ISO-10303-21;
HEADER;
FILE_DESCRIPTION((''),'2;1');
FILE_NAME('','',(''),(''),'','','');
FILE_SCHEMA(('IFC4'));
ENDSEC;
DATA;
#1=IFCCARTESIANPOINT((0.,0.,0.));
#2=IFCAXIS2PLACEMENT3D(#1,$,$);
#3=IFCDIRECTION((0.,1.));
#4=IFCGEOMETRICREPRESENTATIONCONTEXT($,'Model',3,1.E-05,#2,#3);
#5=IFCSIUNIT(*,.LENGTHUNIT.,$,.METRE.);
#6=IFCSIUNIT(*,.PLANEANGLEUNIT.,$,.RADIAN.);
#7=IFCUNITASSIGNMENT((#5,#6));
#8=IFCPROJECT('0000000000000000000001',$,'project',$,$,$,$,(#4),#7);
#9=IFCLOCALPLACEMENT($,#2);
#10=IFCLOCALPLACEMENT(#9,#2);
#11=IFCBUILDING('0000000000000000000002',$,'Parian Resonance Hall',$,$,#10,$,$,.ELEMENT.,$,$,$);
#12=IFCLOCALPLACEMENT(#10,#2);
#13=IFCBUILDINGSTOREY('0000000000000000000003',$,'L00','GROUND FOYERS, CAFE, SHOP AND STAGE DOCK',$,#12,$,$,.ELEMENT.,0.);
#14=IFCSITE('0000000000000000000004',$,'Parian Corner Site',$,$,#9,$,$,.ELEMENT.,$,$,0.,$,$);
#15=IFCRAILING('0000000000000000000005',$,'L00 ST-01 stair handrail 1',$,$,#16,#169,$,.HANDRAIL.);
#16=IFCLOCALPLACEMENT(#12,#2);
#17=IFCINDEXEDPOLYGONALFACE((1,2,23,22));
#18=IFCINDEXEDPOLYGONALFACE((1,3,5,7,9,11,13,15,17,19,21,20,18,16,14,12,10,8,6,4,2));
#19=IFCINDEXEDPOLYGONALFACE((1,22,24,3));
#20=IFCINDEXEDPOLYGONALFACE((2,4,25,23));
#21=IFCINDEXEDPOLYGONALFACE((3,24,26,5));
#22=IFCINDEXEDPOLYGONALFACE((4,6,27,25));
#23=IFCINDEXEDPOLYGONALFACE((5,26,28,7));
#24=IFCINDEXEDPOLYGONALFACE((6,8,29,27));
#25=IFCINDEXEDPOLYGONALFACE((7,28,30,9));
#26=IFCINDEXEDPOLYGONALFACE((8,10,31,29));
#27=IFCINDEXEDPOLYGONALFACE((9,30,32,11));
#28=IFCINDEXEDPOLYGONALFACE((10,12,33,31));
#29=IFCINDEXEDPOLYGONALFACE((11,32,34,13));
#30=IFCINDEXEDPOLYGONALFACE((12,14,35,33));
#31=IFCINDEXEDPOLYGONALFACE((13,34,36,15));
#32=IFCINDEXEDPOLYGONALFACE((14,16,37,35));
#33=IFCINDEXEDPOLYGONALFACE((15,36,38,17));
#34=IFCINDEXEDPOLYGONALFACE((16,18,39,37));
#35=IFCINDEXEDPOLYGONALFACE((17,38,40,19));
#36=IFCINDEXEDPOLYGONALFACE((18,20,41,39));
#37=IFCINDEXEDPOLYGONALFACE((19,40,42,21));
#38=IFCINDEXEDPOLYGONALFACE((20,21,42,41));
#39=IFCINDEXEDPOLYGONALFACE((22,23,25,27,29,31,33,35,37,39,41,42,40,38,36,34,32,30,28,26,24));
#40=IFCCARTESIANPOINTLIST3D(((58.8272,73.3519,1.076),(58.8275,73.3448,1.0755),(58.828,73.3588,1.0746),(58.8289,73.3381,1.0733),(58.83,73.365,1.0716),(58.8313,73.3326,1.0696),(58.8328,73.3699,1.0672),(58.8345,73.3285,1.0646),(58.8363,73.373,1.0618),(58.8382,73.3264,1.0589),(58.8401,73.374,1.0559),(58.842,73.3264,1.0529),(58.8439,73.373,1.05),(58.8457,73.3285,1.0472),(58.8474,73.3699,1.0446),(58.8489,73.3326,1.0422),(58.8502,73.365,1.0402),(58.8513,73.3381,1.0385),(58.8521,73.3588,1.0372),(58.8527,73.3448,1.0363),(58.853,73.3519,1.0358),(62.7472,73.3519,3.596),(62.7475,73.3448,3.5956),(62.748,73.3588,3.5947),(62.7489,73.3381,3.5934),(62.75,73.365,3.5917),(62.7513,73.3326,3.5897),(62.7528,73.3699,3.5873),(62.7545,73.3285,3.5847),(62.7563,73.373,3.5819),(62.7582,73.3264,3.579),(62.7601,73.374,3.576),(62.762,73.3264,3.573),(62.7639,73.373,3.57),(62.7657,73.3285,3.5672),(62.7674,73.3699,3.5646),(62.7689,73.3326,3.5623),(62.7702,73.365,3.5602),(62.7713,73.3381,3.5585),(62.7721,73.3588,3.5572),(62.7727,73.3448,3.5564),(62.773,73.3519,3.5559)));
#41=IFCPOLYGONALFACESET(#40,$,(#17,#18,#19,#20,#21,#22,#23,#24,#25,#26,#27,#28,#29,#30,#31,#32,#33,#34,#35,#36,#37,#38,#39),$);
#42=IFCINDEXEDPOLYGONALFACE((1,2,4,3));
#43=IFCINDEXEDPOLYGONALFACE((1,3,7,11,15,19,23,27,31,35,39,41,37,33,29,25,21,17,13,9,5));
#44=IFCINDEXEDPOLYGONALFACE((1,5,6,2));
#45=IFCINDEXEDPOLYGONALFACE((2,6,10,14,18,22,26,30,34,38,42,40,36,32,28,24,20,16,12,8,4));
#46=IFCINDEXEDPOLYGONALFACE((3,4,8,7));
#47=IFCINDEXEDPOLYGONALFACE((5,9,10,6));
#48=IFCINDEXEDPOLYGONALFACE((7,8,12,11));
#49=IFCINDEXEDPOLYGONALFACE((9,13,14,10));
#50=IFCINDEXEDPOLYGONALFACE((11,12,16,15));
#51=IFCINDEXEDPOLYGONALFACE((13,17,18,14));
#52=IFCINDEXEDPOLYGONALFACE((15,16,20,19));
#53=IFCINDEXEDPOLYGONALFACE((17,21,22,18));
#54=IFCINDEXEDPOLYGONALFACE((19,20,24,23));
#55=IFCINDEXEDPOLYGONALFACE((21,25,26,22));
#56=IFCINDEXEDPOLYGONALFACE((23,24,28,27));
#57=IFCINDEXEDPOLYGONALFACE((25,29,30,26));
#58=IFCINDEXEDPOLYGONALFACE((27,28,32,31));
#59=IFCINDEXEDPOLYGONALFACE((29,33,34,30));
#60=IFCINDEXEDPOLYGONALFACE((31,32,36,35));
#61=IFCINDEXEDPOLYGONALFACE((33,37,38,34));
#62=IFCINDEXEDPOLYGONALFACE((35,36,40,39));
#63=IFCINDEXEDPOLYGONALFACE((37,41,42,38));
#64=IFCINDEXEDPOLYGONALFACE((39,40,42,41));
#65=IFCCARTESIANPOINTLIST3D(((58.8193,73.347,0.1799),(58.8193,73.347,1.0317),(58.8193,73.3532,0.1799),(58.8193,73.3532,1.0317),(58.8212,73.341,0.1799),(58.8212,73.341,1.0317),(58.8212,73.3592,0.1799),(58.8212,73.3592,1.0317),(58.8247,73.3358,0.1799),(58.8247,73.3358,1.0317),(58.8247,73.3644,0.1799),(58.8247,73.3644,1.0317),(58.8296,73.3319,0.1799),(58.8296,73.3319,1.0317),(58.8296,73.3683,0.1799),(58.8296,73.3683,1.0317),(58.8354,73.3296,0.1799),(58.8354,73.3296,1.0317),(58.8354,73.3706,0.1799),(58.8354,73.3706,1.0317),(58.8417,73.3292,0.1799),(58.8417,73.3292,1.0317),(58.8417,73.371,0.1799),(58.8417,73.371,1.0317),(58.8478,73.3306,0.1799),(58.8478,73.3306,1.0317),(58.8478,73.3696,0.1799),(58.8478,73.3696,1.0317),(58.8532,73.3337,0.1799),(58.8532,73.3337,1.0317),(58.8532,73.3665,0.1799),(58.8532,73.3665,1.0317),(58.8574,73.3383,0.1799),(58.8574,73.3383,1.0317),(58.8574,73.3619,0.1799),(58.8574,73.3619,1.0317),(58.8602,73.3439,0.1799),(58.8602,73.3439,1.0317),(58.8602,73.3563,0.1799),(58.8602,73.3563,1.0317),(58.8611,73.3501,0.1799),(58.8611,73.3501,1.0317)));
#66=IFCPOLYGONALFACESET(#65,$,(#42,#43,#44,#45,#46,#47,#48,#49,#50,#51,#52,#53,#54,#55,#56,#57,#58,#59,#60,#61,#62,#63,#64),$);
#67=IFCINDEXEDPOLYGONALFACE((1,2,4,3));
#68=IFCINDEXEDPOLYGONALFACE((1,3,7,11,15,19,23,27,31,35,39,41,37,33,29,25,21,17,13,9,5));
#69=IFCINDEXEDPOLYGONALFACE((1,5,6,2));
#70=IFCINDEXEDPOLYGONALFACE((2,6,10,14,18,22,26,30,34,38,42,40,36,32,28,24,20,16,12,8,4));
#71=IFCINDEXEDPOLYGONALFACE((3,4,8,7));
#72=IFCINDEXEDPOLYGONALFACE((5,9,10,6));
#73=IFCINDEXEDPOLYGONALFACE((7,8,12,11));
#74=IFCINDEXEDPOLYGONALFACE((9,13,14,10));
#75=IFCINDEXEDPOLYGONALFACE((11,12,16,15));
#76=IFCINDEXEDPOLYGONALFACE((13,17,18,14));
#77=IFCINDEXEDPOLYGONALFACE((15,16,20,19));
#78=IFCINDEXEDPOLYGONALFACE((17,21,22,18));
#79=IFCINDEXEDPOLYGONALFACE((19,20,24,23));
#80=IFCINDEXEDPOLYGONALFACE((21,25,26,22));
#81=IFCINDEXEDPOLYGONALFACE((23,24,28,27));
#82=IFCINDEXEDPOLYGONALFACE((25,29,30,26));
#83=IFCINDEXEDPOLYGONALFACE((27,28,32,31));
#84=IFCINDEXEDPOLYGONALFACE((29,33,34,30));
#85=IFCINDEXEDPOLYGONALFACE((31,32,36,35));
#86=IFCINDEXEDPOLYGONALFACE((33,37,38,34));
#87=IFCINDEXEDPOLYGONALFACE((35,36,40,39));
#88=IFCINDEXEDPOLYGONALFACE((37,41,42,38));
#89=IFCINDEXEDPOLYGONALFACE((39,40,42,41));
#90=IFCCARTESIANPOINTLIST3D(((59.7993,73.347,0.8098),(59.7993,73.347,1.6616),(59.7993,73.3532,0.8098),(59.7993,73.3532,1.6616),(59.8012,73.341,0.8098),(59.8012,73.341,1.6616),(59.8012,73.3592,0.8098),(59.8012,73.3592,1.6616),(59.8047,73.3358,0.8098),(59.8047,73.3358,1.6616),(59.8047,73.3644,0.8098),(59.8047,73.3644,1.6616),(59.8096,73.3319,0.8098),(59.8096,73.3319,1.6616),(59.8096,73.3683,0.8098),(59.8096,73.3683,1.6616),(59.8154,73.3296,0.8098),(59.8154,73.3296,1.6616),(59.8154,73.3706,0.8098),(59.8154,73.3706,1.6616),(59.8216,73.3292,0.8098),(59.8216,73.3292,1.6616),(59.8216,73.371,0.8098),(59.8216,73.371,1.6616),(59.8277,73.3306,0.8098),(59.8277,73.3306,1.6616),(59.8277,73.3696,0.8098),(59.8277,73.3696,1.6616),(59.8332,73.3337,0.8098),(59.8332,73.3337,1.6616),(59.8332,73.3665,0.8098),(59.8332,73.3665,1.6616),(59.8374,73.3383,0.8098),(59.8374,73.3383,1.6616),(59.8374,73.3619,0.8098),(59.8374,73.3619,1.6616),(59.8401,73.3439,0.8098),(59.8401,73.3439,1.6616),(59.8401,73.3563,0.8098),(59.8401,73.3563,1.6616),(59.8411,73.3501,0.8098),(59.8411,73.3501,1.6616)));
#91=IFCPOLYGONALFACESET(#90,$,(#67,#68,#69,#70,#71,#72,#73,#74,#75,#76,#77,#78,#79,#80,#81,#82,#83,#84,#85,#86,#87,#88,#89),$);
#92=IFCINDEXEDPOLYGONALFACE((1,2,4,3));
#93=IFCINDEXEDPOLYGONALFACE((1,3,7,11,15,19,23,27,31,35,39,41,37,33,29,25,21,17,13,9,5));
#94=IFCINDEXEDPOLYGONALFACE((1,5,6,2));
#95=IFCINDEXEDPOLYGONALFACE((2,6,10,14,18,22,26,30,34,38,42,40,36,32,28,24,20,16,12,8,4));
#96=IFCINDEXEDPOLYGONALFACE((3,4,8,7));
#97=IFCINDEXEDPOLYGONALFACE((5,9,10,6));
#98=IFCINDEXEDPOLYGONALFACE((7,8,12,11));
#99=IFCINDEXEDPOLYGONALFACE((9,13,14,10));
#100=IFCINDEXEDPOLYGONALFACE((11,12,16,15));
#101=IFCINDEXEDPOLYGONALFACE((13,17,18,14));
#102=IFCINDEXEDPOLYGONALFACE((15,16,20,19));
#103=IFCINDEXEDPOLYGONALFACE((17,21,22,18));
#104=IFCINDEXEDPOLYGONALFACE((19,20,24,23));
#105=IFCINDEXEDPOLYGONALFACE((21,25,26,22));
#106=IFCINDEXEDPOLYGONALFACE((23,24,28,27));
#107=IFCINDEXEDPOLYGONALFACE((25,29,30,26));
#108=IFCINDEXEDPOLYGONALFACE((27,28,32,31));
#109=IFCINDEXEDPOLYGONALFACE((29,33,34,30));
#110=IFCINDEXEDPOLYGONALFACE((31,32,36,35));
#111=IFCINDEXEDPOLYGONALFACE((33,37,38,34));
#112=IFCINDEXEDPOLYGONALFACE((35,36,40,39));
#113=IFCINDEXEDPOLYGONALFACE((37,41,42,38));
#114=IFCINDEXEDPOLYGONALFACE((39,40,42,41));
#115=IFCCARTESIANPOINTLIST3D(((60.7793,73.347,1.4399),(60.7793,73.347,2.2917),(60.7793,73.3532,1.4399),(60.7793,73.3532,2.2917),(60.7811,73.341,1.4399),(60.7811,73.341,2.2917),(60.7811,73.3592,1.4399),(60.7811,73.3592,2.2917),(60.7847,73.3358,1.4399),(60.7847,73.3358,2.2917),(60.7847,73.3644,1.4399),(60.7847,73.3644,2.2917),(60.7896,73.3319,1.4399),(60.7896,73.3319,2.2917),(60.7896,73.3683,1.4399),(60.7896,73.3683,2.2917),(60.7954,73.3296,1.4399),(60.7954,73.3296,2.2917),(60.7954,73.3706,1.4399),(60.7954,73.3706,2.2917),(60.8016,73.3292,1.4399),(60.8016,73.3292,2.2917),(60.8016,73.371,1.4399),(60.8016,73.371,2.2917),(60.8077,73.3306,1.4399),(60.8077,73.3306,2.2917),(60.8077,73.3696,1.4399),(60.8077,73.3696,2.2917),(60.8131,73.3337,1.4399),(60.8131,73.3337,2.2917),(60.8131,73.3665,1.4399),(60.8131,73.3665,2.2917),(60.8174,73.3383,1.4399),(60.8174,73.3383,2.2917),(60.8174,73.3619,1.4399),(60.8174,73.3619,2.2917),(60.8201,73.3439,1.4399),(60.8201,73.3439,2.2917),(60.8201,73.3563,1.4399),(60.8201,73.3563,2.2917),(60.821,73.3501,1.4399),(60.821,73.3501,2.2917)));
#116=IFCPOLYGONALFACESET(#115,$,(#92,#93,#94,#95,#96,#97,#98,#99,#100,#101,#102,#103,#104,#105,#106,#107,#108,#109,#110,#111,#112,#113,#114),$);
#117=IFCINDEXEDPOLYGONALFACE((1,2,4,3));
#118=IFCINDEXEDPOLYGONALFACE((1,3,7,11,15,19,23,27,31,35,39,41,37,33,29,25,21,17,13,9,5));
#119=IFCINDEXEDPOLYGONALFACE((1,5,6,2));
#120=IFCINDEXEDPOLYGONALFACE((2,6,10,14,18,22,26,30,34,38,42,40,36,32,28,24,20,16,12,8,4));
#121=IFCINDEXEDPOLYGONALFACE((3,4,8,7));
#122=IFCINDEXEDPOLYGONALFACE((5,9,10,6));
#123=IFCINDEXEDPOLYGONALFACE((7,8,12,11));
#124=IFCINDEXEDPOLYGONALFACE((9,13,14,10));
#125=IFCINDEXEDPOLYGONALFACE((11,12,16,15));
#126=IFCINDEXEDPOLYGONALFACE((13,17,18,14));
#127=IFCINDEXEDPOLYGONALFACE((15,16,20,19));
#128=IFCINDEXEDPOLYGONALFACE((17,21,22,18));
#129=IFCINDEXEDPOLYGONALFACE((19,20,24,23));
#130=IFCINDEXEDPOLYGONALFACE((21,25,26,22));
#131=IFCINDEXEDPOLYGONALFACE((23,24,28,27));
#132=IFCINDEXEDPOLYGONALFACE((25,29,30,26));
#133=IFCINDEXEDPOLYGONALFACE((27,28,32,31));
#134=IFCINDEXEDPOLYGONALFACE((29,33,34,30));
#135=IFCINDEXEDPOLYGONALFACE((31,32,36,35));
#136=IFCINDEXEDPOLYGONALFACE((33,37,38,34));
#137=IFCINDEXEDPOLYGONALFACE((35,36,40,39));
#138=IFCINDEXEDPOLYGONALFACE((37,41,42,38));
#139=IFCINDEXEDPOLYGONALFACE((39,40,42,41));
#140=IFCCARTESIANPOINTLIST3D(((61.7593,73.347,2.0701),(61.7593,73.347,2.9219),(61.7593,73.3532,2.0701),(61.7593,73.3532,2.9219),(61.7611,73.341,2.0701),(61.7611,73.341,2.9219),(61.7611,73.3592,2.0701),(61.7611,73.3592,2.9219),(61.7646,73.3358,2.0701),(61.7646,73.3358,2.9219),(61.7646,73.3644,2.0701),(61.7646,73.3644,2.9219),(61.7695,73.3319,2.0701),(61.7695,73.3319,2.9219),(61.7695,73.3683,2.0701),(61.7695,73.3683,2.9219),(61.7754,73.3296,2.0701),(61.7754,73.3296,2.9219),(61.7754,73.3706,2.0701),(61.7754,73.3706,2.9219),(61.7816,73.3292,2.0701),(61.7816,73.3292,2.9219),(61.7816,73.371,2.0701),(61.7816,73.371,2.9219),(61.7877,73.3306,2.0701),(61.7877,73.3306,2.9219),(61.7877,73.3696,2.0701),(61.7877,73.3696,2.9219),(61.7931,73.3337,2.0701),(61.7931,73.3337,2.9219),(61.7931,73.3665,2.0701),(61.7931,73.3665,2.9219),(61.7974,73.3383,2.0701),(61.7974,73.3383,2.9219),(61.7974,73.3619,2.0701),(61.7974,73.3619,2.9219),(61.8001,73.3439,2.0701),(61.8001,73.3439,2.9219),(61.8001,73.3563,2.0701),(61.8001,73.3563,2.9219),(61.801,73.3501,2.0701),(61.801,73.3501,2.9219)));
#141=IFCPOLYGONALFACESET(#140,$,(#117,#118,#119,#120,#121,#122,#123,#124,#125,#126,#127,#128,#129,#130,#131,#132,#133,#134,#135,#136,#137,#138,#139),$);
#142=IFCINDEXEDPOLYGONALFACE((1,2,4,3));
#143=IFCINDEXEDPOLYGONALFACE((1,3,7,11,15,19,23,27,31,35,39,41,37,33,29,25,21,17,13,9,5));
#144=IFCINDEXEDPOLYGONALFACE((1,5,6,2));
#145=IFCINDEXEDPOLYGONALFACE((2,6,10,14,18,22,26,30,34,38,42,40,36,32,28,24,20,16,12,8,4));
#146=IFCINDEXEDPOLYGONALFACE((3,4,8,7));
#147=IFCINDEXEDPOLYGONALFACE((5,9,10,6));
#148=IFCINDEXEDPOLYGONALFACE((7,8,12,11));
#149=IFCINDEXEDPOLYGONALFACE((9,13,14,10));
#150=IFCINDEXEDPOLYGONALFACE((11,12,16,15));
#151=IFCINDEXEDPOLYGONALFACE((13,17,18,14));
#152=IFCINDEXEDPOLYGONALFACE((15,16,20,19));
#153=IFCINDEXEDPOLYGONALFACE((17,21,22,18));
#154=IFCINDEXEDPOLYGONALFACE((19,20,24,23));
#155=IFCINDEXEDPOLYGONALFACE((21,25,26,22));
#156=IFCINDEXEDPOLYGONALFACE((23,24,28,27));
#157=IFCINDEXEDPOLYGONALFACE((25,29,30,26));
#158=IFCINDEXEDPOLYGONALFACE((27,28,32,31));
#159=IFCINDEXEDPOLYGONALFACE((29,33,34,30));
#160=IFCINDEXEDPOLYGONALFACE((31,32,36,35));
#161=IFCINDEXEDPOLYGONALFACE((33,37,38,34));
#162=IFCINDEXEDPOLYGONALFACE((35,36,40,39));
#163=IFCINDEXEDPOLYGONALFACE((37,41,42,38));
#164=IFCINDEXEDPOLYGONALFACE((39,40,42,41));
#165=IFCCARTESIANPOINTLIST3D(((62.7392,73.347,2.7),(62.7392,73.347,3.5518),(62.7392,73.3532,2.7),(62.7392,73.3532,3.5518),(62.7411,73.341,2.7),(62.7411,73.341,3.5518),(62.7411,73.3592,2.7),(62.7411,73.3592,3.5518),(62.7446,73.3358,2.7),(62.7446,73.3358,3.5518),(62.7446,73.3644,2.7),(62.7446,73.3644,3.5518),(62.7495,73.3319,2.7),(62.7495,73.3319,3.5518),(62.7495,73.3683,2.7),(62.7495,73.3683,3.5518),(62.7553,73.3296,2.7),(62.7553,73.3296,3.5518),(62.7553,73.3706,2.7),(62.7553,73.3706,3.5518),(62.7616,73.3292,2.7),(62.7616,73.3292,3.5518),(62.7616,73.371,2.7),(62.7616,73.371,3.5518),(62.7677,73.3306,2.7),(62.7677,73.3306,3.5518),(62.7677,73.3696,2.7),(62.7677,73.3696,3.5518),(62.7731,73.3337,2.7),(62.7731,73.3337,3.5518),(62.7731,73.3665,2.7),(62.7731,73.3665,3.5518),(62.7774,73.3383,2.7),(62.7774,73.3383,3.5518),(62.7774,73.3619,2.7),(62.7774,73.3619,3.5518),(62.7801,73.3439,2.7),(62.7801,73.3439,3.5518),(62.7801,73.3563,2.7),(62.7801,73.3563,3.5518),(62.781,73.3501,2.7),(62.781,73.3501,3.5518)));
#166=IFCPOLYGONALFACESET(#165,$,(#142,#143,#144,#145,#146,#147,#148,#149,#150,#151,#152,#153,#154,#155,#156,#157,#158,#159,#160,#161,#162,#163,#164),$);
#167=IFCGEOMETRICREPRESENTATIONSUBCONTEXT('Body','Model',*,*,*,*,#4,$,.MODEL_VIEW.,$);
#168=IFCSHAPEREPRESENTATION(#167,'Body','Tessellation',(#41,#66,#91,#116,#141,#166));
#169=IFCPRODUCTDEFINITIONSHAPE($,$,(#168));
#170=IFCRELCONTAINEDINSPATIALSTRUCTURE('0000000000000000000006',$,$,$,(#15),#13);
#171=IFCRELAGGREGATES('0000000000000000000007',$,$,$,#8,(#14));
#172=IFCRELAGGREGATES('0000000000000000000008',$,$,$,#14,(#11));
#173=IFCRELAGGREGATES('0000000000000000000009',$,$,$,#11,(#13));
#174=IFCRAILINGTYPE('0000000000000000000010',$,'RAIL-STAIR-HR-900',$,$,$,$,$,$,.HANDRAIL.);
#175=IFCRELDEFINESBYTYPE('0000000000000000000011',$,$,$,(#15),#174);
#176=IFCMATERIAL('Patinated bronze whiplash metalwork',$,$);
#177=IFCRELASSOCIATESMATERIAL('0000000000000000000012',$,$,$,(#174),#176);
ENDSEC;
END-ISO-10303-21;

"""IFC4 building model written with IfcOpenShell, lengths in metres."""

from ifc_helpers import new_model, si_unit, direction, frame, origin, origin_2d, place, context, subcontext, project, spatial, circle, extrude, material, type_object, element, save


model = new_model("IFC4")

# Units and contexts
model_context = context("Model", 3, precision=1e-05, world=origin(), true_north=direction((0.0, 1.0)))
body_context = subcontext(model_context, "Body", "Model", "MODEL_VIEW")
ifc_project = project(units=[si_unit("LENGTHUNIT", "METRE"), si_unit("PLANEANGLEUNIT", "RADIAN")], contexts=[model_context])

# Site, building, storey
site_placement = place(None, origin())
site = spatial("IfcSite", under=ifc_project, at=site_placement, Name="Parian Corner Site", CompositionType="ELEMENT", RefElevation=0.0)
building_placement = place(site_placement, origin())
building = spatial("IfcBuilding", under=site, at=building_placement, Name="Parian Resonance Hall", CompositionType="ELEMENT")
storey_placement = place(building_placement, origin())
storey = spatial("IfcBuildingStorey", under=building, at=storey_placement, Name="L00", Description="GROUND FOYERS, CAFE, SHOP AND STAGE DOCK", CompositionType="ELEMENT", Elevation=0.0)

# Railing
ifc_material_1 = material(Name="Patinated bronze whiplash metalwork")
railing_type_1 = type_object("IfcRailingType", Name="RAIL-STAIR-HR-900", PredefinedType="HANDRAIL", material=ifc_material_1)
railing_1_placement = place(storey_placement, frame((58.8401, 73.3501, 0.1799)))
element("IfcRailing", 1, at=railing_1_placement, inside=storey, type_object=railing_type_1, Name="L00 ST-01 stair handrail 1", PredefinedType="HANDRAIL", context=body_context, shape_type="SweptSolid", body=[
    extrude(circle(Radius=0.0239, at=origin_2d()), frame((0.0, 0.0, 0.876), z_axis=(0.841172, 0.0, 0.540768), x_axis=(0.0, 1.0, 0.0)), (0.0, 0.0, 1.0), 4.6602),
    extrude(circle(Radius=0.021, at=origin_2d()), origin(), (0.0, 0.0, 1.0), 0.8518),
    extrude(circle(Radius=0.021, at=origin_2d()), frame((0.98, 0.0, 0.6299)), (0.0, 0.0, 1.0), 0.8518),
    extrude(circle(Radius=0.021, at=origin_2d()), frame((1.96, 0.0, 1.26)), (0.0, 0.0, 1.0), 0.8518),
    extrude(circle(Radius=0.021, at=origin_2d()), frame((2.9399, 0.0, 1.8901)), (0.0, 0.0, 1.0), 0.8518),
    extrude(circle(Radius=0.021, at=origin_2d()), frame((3.9199, 0.0, 2.52)), (0.0, 0.0, 1.0), 0.8518),
])

save(model, "model.ifc")
